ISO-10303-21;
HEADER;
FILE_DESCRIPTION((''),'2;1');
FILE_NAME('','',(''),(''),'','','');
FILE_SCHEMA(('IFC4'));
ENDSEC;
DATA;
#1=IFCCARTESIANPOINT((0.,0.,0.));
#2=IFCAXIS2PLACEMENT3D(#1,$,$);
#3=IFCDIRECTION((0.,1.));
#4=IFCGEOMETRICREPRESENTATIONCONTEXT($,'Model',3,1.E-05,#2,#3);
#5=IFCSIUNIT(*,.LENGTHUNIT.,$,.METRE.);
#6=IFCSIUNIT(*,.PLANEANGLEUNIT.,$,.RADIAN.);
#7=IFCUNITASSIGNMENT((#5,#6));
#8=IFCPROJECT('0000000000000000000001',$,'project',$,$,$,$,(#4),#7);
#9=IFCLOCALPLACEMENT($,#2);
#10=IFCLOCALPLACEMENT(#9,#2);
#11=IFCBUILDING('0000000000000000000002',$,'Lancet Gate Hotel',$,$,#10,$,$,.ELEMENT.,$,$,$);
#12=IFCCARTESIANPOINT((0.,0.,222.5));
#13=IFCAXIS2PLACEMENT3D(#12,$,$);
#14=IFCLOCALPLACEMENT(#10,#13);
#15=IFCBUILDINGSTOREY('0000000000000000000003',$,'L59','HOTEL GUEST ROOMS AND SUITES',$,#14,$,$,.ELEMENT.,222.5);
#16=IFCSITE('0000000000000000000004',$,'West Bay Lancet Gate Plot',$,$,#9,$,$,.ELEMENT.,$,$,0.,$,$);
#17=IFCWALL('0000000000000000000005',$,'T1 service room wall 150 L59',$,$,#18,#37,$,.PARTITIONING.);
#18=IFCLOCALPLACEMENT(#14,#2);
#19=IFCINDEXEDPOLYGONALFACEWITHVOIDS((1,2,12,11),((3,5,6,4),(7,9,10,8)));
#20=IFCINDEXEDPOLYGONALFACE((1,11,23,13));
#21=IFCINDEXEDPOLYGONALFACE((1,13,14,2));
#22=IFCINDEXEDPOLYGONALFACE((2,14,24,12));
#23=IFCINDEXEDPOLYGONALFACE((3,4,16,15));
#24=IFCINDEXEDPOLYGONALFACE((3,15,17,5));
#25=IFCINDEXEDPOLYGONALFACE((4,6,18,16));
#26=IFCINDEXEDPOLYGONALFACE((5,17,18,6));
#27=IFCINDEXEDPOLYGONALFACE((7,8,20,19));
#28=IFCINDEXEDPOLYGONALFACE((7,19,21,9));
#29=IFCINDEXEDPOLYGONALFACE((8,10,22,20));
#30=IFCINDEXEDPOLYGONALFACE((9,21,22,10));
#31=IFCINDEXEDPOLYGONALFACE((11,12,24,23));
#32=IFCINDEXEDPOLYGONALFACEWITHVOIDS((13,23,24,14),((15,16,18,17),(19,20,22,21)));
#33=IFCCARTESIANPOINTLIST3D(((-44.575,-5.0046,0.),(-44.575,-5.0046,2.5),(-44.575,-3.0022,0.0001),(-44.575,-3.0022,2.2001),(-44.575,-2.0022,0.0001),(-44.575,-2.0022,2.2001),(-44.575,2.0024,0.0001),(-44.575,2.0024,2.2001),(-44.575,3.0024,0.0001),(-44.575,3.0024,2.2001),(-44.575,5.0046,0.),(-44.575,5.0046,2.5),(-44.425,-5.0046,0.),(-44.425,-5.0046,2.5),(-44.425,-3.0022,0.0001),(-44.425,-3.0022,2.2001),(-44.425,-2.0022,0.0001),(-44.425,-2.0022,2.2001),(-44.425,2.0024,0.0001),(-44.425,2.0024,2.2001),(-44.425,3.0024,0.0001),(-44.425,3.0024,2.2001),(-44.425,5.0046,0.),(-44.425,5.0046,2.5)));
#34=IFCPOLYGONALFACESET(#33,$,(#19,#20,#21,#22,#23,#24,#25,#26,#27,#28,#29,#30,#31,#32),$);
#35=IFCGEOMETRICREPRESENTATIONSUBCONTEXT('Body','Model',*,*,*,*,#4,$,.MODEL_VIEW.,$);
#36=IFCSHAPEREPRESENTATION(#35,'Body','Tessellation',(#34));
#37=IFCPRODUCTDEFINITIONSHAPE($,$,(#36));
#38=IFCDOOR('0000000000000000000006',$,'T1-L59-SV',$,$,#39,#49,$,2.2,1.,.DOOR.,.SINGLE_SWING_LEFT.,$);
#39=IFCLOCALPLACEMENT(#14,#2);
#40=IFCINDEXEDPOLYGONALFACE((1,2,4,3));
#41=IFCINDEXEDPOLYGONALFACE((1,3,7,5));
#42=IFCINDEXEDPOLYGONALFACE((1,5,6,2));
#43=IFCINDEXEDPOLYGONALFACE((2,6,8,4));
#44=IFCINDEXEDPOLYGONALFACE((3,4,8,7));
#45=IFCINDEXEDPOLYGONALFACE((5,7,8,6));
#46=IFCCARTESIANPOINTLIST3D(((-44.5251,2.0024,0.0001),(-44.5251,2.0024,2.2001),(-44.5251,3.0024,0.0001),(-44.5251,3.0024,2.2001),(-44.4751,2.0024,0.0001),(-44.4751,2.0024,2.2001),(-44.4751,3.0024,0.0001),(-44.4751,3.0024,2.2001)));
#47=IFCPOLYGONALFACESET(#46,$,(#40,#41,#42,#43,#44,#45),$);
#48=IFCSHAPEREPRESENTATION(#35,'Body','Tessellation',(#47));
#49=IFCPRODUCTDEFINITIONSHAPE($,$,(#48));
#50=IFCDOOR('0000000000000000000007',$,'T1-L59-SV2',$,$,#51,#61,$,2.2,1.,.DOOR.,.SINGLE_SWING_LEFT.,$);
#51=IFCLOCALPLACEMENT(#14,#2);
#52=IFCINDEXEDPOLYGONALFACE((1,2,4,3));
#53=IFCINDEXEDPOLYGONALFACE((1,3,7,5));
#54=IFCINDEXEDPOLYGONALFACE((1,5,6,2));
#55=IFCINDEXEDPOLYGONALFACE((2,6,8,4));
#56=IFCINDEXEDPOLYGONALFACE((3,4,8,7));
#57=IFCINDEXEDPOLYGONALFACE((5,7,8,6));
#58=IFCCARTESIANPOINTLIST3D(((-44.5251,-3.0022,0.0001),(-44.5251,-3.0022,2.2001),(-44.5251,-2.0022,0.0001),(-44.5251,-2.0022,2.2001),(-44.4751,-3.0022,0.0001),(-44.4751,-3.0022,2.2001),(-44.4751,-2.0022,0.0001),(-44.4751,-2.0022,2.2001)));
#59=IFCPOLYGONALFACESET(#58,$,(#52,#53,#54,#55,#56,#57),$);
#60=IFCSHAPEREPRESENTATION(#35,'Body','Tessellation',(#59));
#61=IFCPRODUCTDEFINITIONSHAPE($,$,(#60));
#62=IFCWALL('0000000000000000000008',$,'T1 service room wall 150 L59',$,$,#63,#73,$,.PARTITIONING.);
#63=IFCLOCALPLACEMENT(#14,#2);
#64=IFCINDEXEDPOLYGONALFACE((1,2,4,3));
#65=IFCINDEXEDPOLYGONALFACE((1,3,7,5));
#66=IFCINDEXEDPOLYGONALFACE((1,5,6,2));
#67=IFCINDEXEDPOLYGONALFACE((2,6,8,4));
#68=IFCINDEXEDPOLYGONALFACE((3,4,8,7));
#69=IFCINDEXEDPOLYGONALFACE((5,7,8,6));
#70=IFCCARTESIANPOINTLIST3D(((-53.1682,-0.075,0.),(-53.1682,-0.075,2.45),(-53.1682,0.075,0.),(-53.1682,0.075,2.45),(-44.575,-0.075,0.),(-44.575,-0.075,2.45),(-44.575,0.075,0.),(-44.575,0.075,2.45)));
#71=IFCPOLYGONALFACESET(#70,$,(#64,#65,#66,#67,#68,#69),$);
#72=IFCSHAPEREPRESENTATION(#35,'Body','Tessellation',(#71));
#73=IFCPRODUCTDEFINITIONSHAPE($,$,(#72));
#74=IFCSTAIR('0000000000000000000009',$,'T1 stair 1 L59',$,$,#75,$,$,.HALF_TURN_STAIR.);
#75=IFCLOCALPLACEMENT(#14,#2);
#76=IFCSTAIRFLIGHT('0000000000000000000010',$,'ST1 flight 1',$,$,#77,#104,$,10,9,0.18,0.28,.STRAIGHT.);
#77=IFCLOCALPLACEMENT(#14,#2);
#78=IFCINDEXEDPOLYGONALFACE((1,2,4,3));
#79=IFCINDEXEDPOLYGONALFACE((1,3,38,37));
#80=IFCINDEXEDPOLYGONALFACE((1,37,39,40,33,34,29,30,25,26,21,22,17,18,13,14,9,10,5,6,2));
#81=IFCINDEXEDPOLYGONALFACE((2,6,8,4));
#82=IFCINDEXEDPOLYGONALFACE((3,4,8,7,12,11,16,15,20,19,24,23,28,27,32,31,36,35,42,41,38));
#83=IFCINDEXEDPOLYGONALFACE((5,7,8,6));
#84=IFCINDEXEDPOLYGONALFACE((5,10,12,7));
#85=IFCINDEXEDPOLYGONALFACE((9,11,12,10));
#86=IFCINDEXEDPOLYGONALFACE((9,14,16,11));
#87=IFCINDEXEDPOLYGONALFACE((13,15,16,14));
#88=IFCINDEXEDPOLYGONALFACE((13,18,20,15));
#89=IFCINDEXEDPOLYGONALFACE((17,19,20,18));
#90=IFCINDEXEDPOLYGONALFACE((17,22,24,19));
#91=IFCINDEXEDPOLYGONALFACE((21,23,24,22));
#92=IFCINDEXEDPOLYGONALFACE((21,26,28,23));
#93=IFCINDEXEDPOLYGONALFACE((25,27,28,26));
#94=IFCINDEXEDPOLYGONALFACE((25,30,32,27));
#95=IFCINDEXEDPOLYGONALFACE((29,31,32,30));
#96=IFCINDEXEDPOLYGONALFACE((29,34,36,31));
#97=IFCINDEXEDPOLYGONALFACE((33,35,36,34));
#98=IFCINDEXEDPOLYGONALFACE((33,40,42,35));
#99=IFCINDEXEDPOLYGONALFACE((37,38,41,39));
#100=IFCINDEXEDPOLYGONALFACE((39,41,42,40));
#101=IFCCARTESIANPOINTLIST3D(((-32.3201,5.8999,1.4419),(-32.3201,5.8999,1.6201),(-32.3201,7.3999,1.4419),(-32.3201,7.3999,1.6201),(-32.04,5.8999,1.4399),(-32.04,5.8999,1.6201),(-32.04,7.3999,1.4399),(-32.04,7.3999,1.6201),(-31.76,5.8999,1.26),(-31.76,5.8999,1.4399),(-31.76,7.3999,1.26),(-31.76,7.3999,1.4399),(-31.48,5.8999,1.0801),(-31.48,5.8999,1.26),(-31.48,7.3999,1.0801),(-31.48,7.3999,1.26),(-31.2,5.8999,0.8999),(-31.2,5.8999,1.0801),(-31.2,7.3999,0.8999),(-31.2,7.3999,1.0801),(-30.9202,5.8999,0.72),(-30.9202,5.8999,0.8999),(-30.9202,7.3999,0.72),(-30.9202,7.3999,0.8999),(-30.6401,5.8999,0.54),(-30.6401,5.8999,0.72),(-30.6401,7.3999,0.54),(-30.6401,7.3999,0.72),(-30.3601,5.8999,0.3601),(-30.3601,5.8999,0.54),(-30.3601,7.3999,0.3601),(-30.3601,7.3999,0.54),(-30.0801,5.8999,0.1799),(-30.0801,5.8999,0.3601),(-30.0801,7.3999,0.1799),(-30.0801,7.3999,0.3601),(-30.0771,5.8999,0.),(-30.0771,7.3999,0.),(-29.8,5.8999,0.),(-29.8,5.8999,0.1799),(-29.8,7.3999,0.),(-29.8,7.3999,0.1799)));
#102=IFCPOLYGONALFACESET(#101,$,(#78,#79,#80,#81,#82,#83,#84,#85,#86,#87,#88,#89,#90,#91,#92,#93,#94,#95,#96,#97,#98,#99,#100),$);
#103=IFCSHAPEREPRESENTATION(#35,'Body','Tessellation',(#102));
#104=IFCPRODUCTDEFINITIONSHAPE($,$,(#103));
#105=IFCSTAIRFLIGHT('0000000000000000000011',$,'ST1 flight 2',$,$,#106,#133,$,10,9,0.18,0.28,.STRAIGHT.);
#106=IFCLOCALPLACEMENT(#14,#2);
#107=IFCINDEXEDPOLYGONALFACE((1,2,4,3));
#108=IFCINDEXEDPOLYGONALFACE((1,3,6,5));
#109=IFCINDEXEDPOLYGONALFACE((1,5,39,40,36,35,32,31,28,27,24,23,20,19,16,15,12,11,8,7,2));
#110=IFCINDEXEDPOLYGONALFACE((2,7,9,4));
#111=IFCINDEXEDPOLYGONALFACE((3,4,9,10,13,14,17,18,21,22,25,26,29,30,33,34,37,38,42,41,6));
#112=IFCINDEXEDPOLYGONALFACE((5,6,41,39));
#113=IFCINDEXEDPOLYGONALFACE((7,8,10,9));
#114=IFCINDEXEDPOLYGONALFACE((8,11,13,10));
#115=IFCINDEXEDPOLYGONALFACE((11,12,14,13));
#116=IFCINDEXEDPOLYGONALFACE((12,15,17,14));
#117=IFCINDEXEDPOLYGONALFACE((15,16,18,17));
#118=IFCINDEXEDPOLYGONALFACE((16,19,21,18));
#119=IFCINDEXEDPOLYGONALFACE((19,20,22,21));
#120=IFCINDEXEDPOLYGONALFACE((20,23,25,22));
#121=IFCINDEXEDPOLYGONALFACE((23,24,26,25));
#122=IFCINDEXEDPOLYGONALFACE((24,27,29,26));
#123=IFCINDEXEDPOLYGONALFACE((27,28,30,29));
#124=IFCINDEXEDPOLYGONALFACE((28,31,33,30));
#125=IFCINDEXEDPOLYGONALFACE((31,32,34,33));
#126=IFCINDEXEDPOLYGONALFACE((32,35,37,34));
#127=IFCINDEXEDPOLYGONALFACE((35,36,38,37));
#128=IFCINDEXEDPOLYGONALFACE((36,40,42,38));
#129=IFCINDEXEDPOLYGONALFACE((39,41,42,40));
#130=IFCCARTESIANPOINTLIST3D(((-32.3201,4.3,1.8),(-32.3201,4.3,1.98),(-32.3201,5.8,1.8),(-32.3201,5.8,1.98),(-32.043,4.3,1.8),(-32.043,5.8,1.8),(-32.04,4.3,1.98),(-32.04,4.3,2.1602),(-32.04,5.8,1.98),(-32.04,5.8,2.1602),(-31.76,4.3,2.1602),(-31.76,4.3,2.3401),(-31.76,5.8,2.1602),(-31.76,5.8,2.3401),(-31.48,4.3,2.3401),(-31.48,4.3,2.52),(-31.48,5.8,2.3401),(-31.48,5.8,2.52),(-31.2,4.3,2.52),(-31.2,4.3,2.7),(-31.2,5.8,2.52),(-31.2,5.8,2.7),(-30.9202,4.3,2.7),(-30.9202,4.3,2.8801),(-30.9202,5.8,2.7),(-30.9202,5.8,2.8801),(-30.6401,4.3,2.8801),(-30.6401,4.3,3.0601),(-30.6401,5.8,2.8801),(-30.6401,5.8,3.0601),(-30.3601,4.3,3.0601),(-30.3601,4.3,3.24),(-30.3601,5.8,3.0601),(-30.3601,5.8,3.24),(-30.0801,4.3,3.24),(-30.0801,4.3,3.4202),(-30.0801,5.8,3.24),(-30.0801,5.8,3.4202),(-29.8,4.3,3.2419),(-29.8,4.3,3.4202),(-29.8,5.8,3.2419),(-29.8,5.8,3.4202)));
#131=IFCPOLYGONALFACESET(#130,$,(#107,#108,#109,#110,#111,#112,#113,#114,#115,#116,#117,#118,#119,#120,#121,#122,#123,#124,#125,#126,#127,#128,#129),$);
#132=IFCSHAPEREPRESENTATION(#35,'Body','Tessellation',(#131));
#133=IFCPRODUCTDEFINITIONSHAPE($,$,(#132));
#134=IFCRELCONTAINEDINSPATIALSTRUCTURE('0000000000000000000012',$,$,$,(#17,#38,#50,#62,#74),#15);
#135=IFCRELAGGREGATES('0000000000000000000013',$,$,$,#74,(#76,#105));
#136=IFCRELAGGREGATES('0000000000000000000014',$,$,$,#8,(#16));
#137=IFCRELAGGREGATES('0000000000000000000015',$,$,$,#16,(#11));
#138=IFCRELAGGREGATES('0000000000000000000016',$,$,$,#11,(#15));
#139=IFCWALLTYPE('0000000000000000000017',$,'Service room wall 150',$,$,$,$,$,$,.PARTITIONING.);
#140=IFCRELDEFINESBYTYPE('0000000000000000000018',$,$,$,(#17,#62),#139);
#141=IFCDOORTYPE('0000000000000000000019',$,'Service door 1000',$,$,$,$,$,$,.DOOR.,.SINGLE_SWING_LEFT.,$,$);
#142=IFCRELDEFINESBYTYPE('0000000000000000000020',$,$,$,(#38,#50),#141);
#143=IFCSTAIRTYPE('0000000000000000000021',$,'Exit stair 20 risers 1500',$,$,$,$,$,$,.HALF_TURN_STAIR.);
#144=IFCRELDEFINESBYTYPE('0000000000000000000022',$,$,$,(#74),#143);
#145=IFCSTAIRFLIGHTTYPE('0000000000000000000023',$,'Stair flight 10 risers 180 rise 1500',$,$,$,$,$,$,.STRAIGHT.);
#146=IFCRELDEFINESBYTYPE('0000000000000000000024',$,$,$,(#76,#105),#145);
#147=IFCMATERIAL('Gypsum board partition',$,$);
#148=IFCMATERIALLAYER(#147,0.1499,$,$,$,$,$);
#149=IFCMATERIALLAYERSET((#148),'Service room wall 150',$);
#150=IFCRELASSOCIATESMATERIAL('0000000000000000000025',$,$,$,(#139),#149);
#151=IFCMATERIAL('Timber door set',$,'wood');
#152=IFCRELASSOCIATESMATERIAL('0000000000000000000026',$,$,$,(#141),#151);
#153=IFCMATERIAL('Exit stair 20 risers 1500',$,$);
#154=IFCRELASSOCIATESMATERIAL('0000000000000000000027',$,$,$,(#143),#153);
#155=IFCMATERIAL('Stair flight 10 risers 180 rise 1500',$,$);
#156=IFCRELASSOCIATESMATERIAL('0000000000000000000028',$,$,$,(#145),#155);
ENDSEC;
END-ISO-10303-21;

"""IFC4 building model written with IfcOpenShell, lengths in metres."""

from ifc_helpers import new_model, si_unit, direction, frame, frame_2d, origin, place, context, subcontext, project, spatial, polyline, rectangle, outline, extrude, material, layer, layer_set, type_object, element, fill, aggregate, save


model = new_model("IFC4")

# Units and contexts
model_context = context("Model", 3, precision=1e-05, world=origin(), true_north=direction((0.0, 1.0)))
body_context = subcontext(model_context, "Body", "Model", "MODEL_VIEW")
ifc_project = project(units=[si_unit("LENGTHUNIT", "METRE"), si_unit("PLANEANGLEUNIT", "RADIAN")], contexts=[model_context])

# Site, building, storey
site_placement = place(None, origin())
site = spatial("IfcSite", under=ifc_project, at=site_placement, Name="West Bay Lancet Gate Plot", CompositionType="ELEMENT", RefElevation=0.0)
building_placement = place(site_placement, origin())
building = spatial("IfcBuilding", under=site, at=building_placement, Name="Lancet Gate Hotel", CompositionType="ELEMENT")
storey_placement = place(building_placement, frame((0.0, 0.0, 222.5)))
storey = spatial("IfcBuildingStorey", under=building, at=storey_placement, Name="L59", Description="HOTEL GUEST ROOMS AND SUITES", CompositionType="ELEMENT", Elevation=222.5)

# Shared definitions
ifc_material_1 = material(Name="Gypsum board partition")
ifc_layer_1 = layer(ifc_material_1, 0.1499)
ifc_layer_set_1 = layer_set([ifc_layer_1], Name="Service room wall 150")
wall_type_1 = type_object("IfcWallType", Name="Service room wall 150", PredefinedType="PARTITIONING", material=ifc_layer_set_1)

# Wall, openings, doors
wall_1_placement = place(storey_placement, frame((-44.5, 5.0046, 0.0), z_axis=(0.0, 0.0, 1.0), x_axis=(0.0, -1.0, 0.0)))
wall_1 = element("IfcWall", 1, at=wall_1_placement, inside=storey, type_object=wall_type_1, Name="T1 service room wall 150 L59", PredefinedType="PARTITIONING", context=body_context, shape_type="SweptSolid", body=[
    extrude(rectangle(XDim=10.0093, YDim=0.1499, at=frame_2d((5.0046, 0.0))), origin(), (0.0, 0.0, 1.0), 2.5),
])
opening_1_placement = place(wall_1_placement, frame((2.0022, 0.0, 0.0)))
opening_1 = element("IfcOpeningElement", 2, at=opening_1_placement, cuts=wall_1, PredefinedType="OPENING", context=body_context, shape_type="SweptSolid", body=[
    extrude(rectangle(XDim=1.0, YDim=2.2, at=frame_2d((0.5, 1.1001))), frame((0.0, 0.085, 0.0), z_axis=(0.0, -1.0, 0.0), x_axis=(1.0, 0.0, 0.0)), (0.0, 0.0, 1.0), 0.1699),
])
opening_2_placement = place(wall_1_placement, frame((7.0068, 0.0, 0.0)))
opening_2 = element("IfcOpeningElement", 3, at=opening_2_placement, cuts=wall_1, PredefinedType="OPENING", context=body_context, shape_type="SweptSolid", body=[
    extrude(rectangle(XDim=1.0, YDim=2.2, at=frame_2d((0.5, 1.1001))), frame((0.0, 0.085, 0.0), z_axis=(0.0, -1.0, 0.0), x_axis=(1.0, 0.0, 0.0)), (0.0, 0.0, 1.0), 0.1699),
])
ifc_material_2 = material(Name="Timber door set", Category="wood")
door_type_1 = type_object("IfcDoorType", Name="Service door 1000", OperationType="SINGLE_SWING_LEFT", PredefinedType="DOOR", material=ifc_material_2)
door_1_placement = place(opening_1_placement, origin())
door_1 = element("IfcDoor", 4, at=door_1_placement, inside=storey, type_object=door_type_1, Name="T1-L59-SV", OperationType="SINGLE_SWING_LEFT", OverallHeight=2.2, OverallWidth=1.0, PredefinedType="DOOR", context=body_context, shape_type="SweptSolid", body=[
    extrude(rectangle(XDim=1.0, YDim=2.2, at=frame_2d((0.5, 1.1001))), frame((0.0, 0.0249, 0.0), z_axis=(0.0, -1.0, 0.0), x_axis=(1.0, 0.0, 0.0)), (0.0, 0.0, 1.0), 0.05),
])
fill(opening_1, door_1)
door_2_placement = place(opening_2_placement, origin())
door_2 = element("IfcDoor", 5, at=door_2_placement, inside=storey, type_object=door_type_1, Name="T1-L59-SV2", OperationType="SINGLE_SWING_LEFT", OverallHeight=2.2, OverallWidth=1.0, PredefinedType="DOOR", context=body_context, shape_type="SweptSolid", body=[
    extrude(rectangle(XDim=1.0, YDim=2.2, at=frame_2d((0.5, 1.1001))), frame((0.0, 0.0249, 0.0), z_axis=(0.0, -1.0, 0.0), x_axis=(1.0, 0.0, 0.0)), (0.0, 0.0, 1.0), 0.05),
])
fill(opening_2, door_2)

# Wall
wall_2_placement = place(storey_placement, frame((-44.575, 0.0, 0.0), z_axis=(0.0, 0.0, 1.0), x_axis=(-1.0, 0.0, 0.0)))
element("IfcWall", 6, at=wall_2_placement, inside=storey, type_object=wall_type_1, Name="T1 service room wall 150 L59", PredefinedType="PARTITIONING", context=body_context, shape_type="SweptSolid", body=[
    extrude(rectangle(XDim=8.5933, YDim=0.1499, at=frame_2d((4.2966, 0.0))), origin(), (0.0, 0.0, 1.0), 2.45),
])

# Stair, stair flights
ifc_material_3 = material(Name="Exit stair 20 risers 1500")
stair_type = type_object("IfcStairType", Name="Exit stair 20 risers 1500", PredefinedType="HALF_TURN_STAIR", material=ifc_material_3)
stair_placement = place(storey_placement, origin())
stair = element("IfcStair", 7, at=stair_placement, inside=storey, type_object=stair_type, Name="T1 stair 1 L59", PredefinedType="HALF_TURN_STAIR")
ifc_material_4 = material(Name="Stair flight 10 risers 180 rise 1500")
stair_flight_type = type_object("IfcStairFlightType", Name="Stair flight 10 risers 180 rise 1500", PredefinedType="STRAIGHT", material=ifc_material_4)
stair_flight_1_placement = place(storey_placement, frame((-29.8, 6.6499, 0.0), z_axis=(0.0, 0.0, 1.0), x_axis=(-1.0, 0.0, 0.0)))
stair_flight_1 = element("IfcStairFlight", 8, at=stair_flight_1_placement, type_object=stair_flight_type, Name="ST1 flight 1", NumberOfRisers=10, NumberOfTreads=9, PredefinedType="STRAIGHT", RiserHeight=0.18, TreadLength=0.28, context=body_context, shape_type="SweptSolid", body=[
    extrude(outline(polyline([(0.0, 0.0), (0.0, 0.1799), (0.28, 0.1799), (0.28, 0.3601), (0.5601, 0.3601), (0.5601, 0.54), (0.8401, 0.54), (0.8401, 0.72), (1.1201, 0.72), (1.1201, 0.8999), (1.3999, 0.8999), (1.3999, 1.0801), (1.6799, 1.0801), (1.6799, 1.26), (1.96, 1.26), (1.96, 1.4399), (2.24, 1.4399), (2.24, 1.6201), (2.52, 1.6201), (2.52, 1.8), (2.52, 1.4419), (0.2771, 0.0), (0.0, 0.0)])), frame((0.0, 0.75, 0.0), z_axis=(0.0, -1.0, 0.0), x_axis=(1.0, 0.0, 0.0)), (0.0, 0.0, 1.0), 1.5),
])
stair_flight_2_placement = place(storey_placement, frame((-32.3201, 5.05, 1.8), z_axis=(0.0, 0.0, 1.0), x_axis=(1.0, 0.0, 0.0)))
stair_flight_2 = element("IfcStairFlight", 9, at=stair_flight_2_placement, type_object=stair_flight_type, Name="ST1 flight 2", NumberOfRisers=10, NumberOfTreads=9, PredefinedType="STRAIGHT", RiserHeight=0.18, TreadLength=0.28, context=body_context, shape_type="SweptSolid", body=[
    extrude(outline(polyline([(0.0, 0.0), (0.0, 0.1799), (0.28, 0.1799), (0.28, 0.3601), (0.5601, 0.3601), (0.5601, 0.54), (0.8401, 0.54), (0.8401, 0.72), (1.1201, 0.72), (1.1201, 0.8999), (1.3999, 0.8999), (1.3999, 1.0801), (1.6799, 1.0801), (1.6799, 1.26), (1.96, 1.26), (1.96, 1.4399), (2.24, 1.4399), (2.24, 1.6201), (2.52, 1.6201), (2.52, 1.8), (2.52, 1.4419), (0.2771, 0.0), (0.0, 0.0)])), frame((0.0, 0.75, 0.0), z_axis=(0.0, -1.0, 0.0), x_axis=(1.0, 0.0, 0.0)), (0.0, 0.0, 1.0), 1.5),
])
aggregate(stair, [stair_flight_1, stair_flight_2])

save(model, "model.ifc")
